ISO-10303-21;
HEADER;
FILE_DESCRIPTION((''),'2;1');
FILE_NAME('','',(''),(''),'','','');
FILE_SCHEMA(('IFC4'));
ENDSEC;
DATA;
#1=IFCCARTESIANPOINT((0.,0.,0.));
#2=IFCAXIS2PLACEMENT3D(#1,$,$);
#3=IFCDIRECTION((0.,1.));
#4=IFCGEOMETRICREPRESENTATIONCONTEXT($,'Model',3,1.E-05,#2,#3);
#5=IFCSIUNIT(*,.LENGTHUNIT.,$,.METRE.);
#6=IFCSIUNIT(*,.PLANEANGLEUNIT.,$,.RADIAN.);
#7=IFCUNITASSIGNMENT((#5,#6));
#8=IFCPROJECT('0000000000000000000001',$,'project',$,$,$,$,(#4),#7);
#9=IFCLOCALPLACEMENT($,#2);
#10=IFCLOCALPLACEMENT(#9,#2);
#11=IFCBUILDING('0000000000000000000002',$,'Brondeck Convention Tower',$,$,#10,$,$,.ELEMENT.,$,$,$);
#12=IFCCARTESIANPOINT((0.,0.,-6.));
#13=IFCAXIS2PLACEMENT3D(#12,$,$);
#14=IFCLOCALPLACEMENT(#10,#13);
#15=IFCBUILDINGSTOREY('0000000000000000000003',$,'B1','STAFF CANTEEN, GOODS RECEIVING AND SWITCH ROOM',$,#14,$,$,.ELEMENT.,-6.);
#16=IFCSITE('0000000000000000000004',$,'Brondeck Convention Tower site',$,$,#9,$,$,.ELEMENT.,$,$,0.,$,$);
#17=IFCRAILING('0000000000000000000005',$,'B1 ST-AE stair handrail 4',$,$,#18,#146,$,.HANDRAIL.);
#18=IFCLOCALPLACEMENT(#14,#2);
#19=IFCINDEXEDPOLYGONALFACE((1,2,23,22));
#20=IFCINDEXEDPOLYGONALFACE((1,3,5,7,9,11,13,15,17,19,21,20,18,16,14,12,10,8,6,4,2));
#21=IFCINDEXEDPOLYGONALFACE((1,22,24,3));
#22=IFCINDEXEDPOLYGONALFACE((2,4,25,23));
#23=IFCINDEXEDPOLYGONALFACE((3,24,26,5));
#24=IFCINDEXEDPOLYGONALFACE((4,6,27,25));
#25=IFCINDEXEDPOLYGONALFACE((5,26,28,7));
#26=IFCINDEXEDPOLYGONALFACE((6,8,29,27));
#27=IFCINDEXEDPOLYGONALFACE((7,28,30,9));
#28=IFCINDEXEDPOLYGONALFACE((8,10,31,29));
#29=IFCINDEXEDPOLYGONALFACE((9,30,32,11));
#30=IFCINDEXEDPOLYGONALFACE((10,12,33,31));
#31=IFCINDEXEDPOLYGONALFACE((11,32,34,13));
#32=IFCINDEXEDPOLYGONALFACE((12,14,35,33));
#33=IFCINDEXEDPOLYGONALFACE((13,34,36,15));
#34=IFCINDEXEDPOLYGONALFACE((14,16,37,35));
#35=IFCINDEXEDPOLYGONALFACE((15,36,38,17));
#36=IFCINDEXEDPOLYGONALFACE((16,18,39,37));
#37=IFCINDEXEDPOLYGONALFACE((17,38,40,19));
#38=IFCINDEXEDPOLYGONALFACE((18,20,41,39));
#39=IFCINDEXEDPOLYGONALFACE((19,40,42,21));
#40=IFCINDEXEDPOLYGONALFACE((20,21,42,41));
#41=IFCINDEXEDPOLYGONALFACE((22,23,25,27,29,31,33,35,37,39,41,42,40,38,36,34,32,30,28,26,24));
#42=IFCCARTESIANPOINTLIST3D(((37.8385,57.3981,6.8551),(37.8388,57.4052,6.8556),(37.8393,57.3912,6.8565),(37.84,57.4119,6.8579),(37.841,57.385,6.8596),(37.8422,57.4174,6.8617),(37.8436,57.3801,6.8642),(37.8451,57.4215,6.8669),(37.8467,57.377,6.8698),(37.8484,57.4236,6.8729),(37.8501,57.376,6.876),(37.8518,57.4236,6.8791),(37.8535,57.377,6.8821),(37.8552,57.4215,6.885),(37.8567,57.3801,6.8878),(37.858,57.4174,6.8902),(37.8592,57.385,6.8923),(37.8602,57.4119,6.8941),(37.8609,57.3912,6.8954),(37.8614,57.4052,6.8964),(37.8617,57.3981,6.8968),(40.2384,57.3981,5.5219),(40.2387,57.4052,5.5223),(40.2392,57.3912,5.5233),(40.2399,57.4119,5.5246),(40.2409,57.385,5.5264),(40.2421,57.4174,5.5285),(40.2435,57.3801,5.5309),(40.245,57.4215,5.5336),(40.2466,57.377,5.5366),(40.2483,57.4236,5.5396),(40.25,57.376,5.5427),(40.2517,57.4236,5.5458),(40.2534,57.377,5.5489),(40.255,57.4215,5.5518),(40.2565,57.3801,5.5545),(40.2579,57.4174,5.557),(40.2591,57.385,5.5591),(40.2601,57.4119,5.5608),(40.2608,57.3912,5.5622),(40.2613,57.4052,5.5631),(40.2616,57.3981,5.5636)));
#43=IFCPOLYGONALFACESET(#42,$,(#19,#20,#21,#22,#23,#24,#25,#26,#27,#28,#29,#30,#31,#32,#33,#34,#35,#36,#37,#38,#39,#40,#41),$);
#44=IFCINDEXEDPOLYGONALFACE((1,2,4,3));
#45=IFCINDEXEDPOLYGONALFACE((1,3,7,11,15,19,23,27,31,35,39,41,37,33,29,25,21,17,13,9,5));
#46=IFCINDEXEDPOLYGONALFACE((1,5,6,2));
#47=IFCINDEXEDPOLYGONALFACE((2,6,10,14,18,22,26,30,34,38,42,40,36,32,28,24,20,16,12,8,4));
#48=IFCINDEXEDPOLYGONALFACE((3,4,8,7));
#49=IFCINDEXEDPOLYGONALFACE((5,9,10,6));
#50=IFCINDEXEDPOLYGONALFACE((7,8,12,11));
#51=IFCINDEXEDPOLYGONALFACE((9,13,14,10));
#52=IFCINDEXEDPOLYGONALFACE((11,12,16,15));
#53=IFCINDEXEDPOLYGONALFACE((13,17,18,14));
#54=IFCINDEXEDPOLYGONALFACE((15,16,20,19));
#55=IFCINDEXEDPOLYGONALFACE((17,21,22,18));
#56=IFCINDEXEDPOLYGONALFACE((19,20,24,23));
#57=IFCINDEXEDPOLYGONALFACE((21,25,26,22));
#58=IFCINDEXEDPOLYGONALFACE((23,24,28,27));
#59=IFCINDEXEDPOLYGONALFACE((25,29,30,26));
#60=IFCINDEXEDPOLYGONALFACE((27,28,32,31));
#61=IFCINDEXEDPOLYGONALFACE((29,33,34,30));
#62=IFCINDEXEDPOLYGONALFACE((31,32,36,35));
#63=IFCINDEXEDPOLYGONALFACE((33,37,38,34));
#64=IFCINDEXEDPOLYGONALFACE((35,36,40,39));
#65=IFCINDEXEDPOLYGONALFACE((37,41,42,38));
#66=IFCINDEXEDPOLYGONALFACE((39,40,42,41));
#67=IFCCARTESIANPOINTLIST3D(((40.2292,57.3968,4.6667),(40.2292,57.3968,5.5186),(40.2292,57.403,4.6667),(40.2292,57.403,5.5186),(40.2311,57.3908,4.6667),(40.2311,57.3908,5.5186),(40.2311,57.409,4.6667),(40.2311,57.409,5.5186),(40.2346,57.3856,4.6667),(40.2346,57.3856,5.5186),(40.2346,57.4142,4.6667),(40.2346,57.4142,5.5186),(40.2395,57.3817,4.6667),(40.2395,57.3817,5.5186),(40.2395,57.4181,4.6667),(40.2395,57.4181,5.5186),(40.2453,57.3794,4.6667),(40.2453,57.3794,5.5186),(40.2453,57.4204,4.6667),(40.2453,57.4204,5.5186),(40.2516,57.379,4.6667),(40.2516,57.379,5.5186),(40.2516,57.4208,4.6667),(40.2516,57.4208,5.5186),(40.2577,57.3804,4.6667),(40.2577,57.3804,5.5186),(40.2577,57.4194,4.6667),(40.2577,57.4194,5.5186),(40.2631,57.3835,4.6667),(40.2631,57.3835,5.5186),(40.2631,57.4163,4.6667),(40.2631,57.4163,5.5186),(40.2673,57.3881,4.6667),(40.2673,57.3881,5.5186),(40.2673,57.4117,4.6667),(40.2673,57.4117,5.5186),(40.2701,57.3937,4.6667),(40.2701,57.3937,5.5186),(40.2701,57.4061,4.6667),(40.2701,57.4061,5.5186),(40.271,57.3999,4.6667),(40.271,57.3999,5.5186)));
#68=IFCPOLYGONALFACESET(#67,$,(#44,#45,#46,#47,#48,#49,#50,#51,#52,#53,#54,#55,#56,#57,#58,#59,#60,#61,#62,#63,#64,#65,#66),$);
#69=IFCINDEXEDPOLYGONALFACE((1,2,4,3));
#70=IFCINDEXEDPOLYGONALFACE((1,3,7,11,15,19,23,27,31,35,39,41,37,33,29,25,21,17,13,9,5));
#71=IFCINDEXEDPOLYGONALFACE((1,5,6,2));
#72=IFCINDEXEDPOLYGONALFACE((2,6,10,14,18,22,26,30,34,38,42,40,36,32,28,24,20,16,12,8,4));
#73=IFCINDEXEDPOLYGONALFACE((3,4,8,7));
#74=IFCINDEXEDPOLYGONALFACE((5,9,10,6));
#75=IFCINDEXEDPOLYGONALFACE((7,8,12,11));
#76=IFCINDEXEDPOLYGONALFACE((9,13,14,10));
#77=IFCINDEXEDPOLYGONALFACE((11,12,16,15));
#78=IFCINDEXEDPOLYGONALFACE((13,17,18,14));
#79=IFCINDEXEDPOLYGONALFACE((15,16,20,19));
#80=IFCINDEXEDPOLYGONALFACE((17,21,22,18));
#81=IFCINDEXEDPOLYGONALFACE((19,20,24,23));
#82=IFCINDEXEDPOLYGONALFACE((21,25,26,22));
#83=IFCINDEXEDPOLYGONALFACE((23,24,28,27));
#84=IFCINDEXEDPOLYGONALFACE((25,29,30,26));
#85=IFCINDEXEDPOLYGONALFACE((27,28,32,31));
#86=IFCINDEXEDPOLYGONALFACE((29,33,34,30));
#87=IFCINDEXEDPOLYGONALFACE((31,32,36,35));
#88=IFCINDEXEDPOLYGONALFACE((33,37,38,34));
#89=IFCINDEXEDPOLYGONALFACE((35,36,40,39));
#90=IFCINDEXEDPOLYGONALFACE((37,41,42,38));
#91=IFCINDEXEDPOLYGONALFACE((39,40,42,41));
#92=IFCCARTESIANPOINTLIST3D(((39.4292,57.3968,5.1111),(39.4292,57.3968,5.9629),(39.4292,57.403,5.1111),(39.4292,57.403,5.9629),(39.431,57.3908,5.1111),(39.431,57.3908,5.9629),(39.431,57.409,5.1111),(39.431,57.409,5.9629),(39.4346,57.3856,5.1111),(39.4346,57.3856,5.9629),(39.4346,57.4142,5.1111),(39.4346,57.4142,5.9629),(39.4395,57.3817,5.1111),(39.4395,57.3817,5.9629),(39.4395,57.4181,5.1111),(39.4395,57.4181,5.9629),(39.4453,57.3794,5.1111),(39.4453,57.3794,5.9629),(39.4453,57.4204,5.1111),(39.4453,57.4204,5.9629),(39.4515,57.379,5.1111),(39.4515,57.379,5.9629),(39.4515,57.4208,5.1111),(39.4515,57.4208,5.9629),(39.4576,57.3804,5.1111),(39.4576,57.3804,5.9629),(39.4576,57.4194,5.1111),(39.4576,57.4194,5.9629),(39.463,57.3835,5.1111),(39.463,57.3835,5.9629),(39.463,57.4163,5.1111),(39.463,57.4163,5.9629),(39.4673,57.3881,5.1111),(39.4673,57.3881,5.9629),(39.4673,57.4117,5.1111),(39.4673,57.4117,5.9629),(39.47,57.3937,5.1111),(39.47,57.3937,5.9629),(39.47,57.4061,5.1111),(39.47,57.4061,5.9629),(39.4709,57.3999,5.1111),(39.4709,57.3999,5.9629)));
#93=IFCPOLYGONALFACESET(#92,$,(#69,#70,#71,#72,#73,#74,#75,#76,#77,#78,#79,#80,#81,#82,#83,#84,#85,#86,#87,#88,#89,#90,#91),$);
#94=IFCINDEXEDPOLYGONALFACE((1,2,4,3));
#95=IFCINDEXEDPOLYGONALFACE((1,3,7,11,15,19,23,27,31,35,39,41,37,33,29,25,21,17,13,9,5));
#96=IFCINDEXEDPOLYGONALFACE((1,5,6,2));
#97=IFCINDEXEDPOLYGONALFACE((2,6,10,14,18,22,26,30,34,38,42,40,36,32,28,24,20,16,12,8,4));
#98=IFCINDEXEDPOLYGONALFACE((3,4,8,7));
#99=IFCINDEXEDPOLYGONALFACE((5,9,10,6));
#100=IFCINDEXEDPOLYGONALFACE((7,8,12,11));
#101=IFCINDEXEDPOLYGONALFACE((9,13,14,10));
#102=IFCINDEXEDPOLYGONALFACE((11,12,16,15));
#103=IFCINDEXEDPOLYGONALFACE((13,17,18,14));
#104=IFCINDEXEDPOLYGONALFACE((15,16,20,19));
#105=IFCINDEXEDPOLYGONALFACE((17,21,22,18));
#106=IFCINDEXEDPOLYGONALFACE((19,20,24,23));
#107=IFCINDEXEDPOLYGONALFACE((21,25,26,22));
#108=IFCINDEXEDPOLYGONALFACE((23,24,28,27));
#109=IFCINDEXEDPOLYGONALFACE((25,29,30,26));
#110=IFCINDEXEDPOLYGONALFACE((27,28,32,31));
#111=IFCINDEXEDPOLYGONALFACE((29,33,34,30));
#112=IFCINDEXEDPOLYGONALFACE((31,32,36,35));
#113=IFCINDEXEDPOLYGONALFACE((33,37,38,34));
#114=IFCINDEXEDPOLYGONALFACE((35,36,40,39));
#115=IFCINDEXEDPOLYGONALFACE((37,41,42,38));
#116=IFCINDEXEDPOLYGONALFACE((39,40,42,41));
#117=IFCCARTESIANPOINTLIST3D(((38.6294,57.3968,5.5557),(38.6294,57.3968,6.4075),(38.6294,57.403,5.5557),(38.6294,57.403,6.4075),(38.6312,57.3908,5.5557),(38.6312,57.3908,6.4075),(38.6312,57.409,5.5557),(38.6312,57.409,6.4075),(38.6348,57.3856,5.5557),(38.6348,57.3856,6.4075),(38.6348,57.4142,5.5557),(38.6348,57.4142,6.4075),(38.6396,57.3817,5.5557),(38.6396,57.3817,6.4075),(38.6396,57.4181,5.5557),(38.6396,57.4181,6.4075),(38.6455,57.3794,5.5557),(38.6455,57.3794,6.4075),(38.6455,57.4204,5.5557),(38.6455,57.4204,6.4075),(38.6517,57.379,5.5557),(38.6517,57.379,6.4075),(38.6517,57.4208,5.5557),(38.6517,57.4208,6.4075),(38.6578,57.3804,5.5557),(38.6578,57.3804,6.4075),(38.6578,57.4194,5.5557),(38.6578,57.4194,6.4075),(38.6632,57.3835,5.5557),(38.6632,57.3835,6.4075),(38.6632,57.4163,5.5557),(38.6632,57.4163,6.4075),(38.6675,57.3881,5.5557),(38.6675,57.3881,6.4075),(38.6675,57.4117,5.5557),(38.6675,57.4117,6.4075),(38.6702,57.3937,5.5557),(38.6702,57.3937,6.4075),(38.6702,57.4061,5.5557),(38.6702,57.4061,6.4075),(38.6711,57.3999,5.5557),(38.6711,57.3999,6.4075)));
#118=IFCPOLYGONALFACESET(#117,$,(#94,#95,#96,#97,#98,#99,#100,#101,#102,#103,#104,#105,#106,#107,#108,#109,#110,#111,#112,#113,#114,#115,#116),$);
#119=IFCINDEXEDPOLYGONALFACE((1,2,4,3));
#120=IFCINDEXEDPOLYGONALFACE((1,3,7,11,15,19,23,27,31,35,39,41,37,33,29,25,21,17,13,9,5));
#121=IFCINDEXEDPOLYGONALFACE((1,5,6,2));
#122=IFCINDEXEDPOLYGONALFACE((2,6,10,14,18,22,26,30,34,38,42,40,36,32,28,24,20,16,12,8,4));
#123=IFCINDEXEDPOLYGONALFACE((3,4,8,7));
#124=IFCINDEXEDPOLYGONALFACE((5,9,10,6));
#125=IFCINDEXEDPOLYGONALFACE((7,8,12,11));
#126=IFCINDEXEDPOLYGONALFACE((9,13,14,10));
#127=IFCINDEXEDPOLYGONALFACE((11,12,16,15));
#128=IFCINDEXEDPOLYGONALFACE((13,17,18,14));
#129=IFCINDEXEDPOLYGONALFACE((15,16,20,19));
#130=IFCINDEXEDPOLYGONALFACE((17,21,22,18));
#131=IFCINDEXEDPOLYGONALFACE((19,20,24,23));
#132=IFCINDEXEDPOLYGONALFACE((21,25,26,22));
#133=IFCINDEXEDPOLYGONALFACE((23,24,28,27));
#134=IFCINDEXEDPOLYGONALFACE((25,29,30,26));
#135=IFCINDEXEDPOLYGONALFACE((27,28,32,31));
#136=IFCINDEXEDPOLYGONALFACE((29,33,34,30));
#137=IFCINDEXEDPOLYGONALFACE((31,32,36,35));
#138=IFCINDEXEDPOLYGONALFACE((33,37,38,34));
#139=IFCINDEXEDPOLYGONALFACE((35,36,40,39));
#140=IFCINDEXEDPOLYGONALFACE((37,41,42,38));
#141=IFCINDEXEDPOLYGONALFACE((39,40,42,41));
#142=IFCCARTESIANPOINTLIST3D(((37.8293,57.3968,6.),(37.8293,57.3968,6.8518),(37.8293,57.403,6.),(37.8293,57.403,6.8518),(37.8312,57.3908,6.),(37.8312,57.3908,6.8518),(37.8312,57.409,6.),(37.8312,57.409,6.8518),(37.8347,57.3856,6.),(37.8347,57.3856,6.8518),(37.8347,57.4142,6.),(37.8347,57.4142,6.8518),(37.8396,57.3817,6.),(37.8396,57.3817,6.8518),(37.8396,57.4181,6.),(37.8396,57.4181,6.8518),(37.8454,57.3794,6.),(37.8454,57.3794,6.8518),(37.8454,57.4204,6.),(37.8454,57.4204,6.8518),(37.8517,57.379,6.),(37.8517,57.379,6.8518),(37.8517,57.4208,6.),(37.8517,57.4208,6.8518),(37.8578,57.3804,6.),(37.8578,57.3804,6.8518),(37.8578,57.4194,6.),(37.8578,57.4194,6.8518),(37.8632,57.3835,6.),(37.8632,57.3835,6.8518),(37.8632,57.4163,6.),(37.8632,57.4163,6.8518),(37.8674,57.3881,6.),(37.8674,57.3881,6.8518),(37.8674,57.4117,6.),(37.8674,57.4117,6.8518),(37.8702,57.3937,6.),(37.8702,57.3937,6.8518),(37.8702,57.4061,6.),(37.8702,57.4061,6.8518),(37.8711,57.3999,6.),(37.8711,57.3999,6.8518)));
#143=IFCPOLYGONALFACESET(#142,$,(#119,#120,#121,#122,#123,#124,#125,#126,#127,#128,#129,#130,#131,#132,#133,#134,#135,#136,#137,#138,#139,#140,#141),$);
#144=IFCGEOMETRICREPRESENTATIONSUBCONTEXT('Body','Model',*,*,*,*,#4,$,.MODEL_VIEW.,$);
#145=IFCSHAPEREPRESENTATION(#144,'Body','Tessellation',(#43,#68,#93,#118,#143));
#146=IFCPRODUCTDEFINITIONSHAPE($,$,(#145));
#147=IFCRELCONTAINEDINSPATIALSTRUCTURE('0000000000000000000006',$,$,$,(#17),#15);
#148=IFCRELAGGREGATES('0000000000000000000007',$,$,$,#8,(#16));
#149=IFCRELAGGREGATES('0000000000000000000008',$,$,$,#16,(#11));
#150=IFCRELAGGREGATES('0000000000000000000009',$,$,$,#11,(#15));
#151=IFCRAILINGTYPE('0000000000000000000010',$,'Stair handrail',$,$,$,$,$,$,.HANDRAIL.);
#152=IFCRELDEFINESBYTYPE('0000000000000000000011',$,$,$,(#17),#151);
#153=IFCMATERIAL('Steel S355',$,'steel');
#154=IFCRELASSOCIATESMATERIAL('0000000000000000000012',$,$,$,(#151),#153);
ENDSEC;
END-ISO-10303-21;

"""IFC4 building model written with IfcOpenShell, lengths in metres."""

from ifc_helpers import new_model, si_unit, direction, frame, origin, origin_2d, place, context, subcontext, project, spatial, circle, extrude, material, type_object, element, save


model = new_model("IFC4")

# Units and contexts
model_context = context("Model", 3, precision=1e-05, world=origin(), true_north=direction((0.0, 1.0)))
body_context = subcontext(model_context, "Body", "Model", "MODEL_VIEW")
ifc_project = project(units=[si_unit("LENGTHUNIT", "METRE"), si_unit("PLANEANGLEUNIT", "RADIAN")], contexts=[model_context])

# Site, building, storey
site_placement = place(None, origin())
site = spatial("IfcSite", under=ifc_project, at=site_placement, Name="Brondeck Convention Tower site", CompositionType="ELEMENT", RefElevation=0.0)
building_placement = place(site_placement, origin())
building = spatial("IfcBuilding", under=site, at=building_placement, Name="Brondeck Convention Tower", CompositionType="ELEMENT")
storey_placement = place(building_placement, frame((0.0, 0.0, -6.0)))
storey = spatial("IfcBuildingStorey", under=building, at=storey_placement, Name="B1", Description="STAFF CANTEEN, GOODS RECEIVING AND SWITCH ROOM", CompositionType="ELEMENT", Elevation=-6.0)

# Shared definitions
ifc_material_1 = material(Name="Steel S355", Category="steel")

# Railing
railing_type_1 = type_object("IfcRailingType", Name="Stair handrail", PredefinedType="HANDRAIL", material=ifc_material_1)
railing_1_placement = place(storey_placement, frame((40.25, 57.3999, 4.6667)))
element("IfcRailing", 1, at=railing_1_placement, inside=storey, type_object=railing_type_1, Name="B1 ST-AE stair handrail 4", PredefinedType="HANDRAIL", context=body_context, shape_type="SweptSolid", body=[
    extrude(circle(Radius=0.0239, at=origin_2d()), frame((0.0, 0.0, 0.876), z_axis=(-0.874161, 0.0, 0.485635), x_axis=(0.0, -1.0, 0.0)), (0.0, 0.0, 1.0), 2.7454),
    extrude(circle(Radius=0.021, at=origin_2d()), origin(), (0.0, 0.0, 1.0), 0.8518),
    extrude(circle(Radius=0.021, at=origin_2d()), frame((-0.8, 0.0, 0.4443)), (0.0, 0.0, 1.0), 0.8518),
    extrude(circle(Radius=0.021, at=origin_2d()), frame((-1.5999, 0.0, 0.8889)), (0.0, 0.0, 1.0), 0.8518),
    extrude(circle(Radius=0.021, at=origin_2d()), frame((-2.3999, 0.0, 1.3333)), (0.0, 0.0, 1.0), 0.8518),
])

save(model, "model.ifc")
